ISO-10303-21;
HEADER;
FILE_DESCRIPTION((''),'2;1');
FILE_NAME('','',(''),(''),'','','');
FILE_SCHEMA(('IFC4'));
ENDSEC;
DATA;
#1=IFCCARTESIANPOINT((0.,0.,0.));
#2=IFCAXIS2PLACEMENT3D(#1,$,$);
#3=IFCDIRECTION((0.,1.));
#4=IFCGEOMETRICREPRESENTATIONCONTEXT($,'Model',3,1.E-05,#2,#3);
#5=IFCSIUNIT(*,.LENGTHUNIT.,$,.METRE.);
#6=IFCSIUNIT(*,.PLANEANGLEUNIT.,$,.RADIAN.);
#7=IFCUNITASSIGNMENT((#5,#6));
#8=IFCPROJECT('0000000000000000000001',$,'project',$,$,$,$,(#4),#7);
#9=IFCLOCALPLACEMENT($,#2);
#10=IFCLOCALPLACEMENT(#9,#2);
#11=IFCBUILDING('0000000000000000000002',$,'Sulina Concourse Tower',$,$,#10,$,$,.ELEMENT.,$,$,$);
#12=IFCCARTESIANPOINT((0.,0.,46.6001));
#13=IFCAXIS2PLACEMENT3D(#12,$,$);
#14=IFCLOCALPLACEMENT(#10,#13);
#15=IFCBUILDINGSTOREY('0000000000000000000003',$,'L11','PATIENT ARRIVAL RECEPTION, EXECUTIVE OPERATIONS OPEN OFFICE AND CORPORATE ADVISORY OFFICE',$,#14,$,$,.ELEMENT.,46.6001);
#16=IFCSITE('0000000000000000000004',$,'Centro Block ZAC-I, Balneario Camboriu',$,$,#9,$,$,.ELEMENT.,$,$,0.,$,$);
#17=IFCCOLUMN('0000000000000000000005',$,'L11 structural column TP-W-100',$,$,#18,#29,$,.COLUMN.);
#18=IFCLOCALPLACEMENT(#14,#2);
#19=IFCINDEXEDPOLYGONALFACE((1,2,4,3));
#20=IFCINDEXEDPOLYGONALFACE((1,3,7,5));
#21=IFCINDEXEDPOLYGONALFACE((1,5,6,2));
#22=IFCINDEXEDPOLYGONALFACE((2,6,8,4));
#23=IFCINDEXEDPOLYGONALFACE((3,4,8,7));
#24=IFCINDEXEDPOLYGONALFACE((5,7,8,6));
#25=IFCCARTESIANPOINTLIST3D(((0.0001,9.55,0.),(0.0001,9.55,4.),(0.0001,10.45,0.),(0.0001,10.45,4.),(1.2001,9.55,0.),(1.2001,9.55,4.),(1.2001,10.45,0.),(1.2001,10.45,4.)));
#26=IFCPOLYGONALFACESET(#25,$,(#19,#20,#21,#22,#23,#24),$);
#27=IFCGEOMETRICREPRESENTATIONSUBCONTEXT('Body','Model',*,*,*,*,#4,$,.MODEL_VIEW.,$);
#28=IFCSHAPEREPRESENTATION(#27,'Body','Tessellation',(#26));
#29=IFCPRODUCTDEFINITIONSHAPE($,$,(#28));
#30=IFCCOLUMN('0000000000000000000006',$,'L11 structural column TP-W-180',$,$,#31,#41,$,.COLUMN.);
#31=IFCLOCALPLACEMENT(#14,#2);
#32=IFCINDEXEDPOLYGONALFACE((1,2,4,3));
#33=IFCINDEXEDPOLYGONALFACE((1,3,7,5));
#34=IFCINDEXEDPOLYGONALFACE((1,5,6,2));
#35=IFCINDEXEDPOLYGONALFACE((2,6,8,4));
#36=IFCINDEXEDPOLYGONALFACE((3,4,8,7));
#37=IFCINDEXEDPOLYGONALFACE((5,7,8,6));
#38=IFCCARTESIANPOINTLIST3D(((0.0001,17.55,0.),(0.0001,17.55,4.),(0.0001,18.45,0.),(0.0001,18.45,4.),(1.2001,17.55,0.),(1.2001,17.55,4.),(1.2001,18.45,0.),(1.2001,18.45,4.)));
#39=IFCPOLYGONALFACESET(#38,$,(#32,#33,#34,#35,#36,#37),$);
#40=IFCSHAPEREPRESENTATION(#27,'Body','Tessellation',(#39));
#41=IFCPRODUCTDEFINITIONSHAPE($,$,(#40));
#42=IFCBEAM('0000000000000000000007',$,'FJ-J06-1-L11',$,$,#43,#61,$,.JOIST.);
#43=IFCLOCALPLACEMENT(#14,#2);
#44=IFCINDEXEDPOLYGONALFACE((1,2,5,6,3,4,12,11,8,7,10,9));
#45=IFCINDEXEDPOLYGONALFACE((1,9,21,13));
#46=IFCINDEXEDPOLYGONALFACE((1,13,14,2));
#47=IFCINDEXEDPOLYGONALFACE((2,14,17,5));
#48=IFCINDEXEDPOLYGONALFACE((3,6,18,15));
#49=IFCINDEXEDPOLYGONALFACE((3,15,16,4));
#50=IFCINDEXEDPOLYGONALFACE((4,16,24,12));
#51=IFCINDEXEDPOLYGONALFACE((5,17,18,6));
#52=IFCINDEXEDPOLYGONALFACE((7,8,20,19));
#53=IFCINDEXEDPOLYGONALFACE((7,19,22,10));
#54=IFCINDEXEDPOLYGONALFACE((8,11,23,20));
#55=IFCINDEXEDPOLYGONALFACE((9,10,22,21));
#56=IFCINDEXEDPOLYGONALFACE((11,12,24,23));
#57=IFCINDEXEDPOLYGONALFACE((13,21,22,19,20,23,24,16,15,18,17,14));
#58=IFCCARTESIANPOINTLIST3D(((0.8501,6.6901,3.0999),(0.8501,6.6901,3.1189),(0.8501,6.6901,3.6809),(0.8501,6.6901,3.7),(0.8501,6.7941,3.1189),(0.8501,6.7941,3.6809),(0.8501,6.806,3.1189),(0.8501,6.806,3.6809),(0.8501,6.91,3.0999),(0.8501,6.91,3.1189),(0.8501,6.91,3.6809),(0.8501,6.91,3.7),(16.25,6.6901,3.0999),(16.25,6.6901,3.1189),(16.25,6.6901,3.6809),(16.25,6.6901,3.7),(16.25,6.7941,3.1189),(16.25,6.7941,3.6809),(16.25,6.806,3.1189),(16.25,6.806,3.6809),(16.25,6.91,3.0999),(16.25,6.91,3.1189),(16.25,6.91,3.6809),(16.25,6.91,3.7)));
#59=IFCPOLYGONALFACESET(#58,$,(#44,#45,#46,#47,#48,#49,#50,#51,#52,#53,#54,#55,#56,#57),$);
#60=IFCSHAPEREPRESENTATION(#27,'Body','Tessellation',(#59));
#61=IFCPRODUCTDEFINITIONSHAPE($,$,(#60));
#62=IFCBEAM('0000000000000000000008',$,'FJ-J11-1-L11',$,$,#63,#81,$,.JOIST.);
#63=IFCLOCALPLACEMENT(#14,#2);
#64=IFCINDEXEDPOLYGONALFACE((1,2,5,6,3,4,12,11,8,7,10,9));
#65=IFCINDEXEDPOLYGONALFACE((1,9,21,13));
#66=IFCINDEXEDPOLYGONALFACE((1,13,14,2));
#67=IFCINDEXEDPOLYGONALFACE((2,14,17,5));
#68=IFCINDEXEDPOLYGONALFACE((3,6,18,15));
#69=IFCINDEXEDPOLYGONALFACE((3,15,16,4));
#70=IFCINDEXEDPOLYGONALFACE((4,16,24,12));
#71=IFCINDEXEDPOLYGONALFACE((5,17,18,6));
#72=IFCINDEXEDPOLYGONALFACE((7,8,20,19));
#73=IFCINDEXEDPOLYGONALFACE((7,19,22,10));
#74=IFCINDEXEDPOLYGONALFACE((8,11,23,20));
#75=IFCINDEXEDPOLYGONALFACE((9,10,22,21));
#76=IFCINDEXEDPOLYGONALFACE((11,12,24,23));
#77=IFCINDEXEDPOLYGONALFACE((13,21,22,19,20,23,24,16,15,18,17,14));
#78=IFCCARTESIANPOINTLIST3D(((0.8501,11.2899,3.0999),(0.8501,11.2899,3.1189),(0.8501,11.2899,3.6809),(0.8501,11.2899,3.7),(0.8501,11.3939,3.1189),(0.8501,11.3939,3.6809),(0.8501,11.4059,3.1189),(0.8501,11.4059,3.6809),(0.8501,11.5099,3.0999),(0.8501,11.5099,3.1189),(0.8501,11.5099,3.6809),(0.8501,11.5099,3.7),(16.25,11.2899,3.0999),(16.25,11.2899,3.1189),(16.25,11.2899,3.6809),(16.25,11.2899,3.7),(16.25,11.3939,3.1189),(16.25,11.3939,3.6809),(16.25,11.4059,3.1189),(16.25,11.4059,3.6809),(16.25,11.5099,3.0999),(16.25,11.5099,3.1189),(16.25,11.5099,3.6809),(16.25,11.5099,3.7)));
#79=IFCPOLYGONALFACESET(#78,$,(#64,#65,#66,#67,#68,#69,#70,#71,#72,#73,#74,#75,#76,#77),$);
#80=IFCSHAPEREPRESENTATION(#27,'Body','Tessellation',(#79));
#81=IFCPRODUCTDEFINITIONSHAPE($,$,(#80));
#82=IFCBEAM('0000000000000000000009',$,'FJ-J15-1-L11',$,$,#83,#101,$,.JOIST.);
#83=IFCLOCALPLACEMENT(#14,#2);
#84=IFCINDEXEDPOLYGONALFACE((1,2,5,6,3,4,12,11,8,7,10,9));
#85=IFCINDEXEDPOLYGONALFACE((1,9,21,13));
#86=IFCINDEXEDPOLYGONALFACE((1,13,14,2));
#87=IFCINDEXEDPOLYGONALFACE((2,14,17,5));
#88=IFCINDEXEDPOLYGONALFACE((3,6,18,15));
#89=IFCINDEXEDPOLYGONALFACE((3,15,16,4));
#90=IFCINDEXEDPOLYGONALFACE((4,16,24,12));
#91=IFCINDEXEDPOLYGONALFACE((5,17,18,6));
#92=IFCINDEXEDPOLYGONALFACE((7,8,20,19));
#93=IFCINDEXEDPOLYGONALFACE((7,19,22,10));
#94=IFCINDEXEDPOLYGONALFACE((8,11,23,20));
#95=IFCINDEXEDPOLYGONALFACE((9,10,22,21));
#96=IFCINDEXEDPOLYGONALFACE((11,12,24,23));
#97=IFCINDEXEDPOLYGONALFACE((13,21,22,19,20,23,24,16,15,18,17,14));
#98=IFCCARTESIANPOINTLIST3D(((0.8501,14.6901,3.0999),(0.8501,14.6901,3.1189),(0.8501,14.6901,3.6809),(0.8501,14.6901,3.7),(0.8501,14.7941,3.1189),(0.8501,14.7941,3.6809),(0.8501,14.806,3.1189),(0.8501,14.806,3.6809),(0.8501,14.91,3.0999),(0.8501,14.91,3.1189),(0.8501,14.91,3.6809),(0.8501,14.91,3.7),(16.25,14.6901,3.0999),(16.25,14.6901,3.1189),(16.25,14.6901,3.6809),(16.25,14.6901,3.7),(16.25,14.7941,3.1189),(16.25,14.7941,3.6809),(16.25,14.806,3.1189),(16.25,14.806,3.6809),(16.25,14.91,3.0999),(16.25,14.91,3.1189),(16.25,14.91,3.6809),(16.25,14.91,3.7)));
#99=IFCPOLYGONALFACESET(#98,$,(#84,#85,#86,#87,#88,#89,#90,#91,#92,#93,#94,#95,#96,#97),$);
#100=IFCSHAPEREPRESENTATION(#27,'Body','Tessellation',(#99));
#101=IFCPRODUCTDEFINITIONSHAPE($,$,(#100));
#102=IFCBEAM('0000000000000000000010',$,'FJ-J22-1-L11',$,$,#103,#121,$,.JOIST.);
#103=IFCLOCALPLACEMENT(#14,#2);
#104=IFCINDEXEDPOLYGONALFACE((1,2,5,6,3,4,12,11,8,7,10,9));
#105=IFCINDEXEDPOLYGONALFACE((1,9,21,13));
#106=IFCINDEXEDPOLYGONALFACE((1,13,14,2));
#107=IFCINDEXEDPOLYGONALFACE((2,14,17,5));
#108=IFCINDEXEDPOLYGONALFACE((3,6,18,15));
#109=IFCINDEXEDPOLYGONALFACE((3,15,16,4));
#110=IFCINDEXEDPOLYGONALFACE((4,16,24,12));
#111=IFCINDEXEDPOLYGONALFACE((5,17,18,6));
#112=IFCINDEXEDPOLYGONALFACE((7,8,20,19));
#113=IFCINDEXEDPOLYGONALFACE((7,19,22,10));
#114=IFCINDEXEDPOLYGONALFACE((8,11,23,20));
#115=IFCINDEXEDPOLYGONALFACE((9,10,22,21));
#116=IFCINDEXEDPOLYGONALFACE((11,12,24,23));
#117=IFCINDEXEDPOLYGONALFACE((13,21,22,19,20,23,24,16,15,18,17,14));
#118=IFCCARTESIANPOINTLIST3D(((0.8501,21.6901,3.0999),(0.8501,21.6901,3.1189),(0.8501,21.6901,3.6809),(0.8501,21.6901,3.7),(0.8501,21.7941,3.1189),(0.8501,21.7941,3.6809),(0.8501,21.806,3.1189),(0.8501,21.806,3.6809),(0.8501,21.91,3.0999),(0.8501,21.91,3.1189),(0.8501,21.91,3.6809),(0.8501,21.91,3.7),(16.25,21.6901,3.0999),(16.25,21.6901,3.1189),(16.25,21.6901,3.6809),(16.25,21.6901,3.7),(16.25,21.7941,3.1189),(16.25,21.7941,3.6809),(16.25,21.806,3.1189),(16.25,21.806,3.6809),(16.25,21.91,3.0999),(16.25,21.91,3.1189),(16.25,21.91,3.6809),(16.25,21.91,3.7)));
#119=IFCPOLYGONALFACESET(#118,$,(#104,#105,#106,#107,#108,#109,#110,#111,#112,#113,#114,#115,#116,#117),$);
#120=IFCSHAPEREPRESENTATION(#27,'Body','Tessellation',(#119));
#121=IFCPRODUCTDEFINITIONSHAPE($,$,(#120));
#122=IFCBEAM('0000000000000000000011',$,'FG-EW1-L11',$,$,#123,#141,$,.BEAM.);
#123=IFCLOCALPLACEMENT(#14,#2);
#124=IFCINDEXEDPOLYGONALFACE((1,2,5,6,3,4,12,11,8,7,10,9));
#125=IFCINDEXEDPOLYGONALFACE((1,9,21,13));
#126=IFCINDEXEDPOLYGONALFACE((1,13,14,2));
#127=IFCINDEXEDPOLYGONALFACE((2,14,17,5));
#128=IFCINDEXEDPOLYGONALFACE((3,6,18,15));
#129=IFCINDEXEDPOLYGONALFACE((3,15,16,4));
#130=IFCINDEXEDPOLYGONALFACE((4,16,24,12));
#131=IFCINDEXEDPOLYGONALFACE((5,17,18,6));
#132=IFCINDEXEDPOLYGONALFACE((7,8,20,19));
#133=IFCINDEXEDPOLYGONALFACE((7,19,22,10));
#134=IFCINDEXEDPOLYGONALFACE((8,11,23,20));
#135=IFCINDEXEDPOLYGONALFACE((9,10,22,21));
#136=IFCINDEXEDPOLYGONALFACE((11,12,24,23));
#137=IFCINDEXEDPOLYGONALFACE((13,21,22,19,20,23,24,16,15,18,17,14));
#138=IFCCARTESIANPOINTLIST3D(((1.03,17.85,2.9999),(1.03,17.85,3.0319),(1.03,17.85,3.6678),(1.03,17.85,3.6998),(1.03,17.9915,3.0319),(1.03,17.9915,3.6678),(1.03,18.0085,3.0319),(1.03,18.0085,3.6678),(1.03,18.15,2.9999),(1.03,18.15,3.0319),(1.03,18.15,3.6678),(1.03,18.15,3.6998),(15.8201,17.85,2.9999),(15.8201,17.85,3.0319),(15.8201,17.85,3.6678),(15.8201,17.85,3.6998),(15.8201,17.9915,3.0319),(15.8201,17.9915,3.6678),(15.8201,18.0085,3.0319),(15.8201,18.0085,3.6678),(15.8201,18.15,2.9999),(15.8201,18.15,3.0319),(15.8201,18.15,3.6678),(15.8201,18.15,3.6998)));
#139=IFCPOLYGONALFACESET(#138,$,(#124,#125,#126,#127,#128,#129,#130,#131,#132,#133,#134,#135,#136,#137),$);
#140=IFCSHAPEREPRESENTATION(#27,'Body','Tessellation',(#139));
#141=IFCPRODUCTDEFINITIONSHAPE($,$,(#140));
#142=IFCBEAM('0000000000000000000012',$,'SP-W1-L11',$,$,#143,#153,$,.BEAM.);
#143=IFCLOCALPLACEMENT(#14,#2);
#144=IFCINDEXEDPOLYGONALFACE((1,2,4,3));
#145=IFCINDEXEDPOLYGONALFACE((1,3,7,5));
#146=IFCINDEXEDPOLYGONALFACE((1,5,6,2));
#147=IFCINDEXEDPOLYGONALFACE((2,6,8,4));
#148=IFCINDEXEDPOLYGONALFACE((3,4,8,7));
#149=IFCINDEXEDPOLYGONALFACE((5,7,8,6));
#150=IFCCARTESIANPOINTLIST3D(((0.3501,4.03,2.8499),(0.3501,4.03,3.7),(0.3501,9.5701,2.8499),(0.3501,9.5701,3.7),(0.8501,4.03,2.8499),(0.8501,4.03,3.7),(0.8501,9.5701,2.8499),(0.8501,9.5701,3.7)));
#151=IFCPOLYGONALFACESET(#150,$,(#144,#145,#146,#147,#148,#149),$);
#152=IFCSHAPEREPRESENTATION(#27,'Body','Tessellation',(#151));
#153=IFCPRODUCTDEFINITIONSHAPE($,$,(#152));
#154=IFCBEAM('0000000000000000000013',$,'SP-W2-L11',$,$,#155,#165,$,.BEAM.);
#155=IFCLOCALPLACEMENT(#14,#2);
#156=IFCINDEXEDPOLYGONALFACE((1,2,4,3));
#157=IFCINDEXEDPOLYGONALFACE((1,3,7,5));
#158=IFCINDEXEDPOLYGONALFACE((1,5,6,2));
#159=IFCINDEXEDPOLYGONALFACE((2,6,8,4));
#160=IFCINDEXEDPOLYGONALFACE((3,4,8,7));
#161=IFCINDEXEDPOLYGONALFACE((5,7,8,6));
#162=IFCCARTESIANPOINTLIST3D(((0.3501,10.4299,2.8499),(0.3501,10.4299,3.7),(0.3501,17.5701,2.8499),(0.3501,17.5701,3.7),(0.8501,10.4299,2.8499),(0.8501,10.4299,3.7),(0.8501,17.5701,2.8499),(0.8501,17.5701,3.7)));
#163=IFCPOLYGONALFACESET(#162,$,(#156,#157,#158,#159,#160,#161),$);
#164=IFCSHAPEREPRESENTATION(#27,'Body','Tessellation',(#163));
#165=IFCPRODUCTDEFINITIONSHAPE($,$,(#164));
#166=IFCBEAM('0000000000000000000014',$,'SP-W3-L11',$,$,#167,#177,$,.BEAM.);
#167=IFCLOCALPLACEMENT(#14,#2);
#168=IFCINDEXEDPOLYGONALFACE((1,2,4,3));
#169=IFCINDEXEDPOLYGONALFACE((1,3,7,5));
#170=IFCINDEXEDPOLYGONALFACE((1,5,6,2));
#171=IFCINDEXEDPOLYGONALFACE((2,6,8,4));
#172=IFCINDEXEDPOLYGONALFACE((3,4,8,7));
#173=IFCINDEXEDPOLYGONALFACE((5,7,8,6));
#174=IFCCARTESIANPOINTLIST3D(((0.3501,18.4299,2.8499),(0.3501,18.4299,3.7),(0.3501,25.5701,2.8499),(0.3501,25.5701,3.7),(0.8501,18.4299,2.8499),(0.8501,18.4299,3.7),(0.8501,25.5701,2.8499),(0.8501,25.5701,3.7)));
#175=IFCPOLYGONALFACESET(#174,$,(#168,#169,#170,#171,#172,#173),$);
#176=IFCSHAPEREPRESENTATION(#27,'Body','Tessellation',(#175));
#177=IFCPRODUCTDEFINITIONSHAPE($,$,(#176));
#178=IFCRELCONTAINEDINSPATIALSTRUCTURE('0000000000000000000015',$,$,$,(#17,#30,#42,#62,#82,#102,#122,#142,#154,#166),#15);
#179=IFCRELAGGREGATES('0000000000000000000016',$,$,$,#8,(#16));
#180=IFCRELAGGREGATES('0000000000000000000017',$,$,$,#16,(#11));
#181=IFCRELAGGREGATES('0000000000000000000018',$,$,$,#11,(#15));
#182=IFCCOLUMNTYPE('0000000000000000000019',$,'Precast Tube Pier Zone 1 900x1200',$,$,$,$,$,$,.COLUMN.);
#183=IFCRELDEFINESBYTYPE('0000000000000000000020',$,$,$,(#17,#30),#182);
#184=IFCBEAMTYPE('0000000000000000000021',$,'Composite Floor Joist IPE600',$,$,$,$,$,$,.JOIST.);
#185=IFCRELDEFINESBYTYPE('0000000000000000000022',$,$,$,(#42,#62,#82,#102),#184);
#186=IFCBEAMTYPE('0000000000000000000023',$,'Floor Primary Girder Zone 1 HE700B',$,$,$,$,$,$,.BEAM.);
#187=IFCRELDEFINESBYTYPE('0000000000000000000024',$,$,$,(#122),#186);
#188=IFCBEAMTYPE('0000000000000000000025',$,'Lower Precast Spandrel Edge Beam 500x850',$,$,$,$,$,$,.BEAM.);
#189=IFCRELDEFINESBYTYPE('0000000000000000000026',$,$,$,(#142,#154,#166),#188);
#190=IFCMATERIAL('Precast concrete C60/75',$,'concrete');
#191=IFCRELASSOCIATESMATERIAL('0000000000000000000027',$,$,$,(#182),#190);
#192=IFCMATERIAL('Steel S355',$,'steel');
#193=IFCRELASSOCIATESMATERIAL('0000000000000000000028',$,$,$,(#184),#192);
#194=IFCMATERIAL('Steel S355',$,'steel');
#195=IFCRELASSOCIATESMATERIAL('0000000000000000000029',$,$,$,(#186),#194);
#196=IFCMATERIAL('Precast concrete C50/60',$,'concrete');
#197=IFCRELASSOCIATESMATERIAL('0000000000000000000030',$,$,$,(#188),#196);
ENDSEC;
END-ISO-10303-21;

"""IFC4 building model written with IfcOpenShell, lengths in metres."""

from ifc_helpers import new_model, si_unit, direction, frame, origin, origin_2d, place, context, subcontext, project, spatial, rectangle, i_section, extrude, material, material_profile, profile_set, type_object, element, save


model = new_model("IFC4")

# Units and contexts
model_context = context("Model", 3, precision=1e-05, world=origin(), true_north=direction((0.0, 1.0)))
body_context = subcontext(model_context, "Body", "Model", "MODEL_VIEW")
ifc_project = project(units=[si_unit("LENGTHUNIT", "METRE"), si_unit("PLANEANGLEUNIT", "RADIAN")], contexts=[model_context])

# Site, building, storey
site_placement = place(None, origin())
site = spatial("IfcSite", under=ifc_project, at=site_placement, Name="Centro Block ZAC-I, Balneario Camboriu", CompositionType="ELEMENT", RefElevation=0.0)
building_placement = place(site_placement, origin())
building = spatial("IfcBuilding", under=site, at=building_placement, Name="Sulina Concourse Tower", CompositionType="ELEMENT")
storey_placement = place(building_placement, frame((0.0, 0.0, 46.6001)))
storey = spatial("IfcBuildingStorey", under=building, at=storey_placement, Name="L11", Description="PATIENT ARRIVAL RECEPTION, EXECUTIVE OPERATIONS OPEN OFFICE AND CORPORATE ADVISORY OFFICE", CompositionType="ELEMENT", Elevation=46.6001)

# Columns
ifc_material_1 = material(Name="Precast concrete C60/75", Category="concrete")
ifc_material_profile_1 = material_profile(ifc_material_1, rectangle(XDim=0.8999, YDim=1.2, at=origin_2d()), Name="PC 900x1200")
ifc_profile_set_1 = profile_set([ifc_material_profile_1], Name="Precast concrete C60/75")
column_type = type_object("IfcColumnType", Name="Precast Tube Pier Zone 1 900x1200", PredefinedType="COLUMN", material=ifc_profile_set_1)
for number, where, z_axis, x_axis, name in (
    (1, (0.6001, 10.0, 0.0), (0.0, 0.0, 1.0), (0.0, 1.0, 0.0), "L11 structural column TP-W-100"),
    (2, (0.6001, 18.0, 0.0), (0.0, 0.0, 1.0), (0.0, 1.0, 0.0), "L11 structural column TP-W-180"),
):
    element("IfcColumn", number, at=place(storey_placement, frame(where, z_axis=z_axis, x_axis=x_axis)), inside=storey, type_object=column_type, Name=name, PredefinedType="COLUMN", context=body_context, shape_type="SweptSolid", body=[
        extrude(rectangle(XDim=0.8999, YDim=1.2, at=origin_2d()), origin(), (0.0, 0.0, 1.0), 4.0),
    ])

# Beams
ifc_material_2 = material(Name="Steel S355", Category="steel")
ifc_material_profile_2 = material_profile(ifc_material_2, i_section(OverallWidth=0.22, OverallDepth=0.6001, WebThickness=0.012, FlangeThickness=0.019, at=origin_2d()), Name="IPE 600")
ifc_profile_set_2 = profile_set([ifc_material_profile_2], Name="Steel S355")
beam_type_1 = type_object("IfcBeamType", Name="Composite Floor Joist IPE600", PredefinedType="JOIST", material=ifc_profile_set_2)
for number, where, z_axis, x_axis, name in (
    (3, (0.8501, 6.8, 3.3999), (1.0, 0.0, 0.0), (0.0, 1.0, 0.0), "FJ-J06-1-L11"),
    (4, (0.8501, 11.3999, 3.3999), (1.0, 0.0, 0.0), (0.0, 1.0, 0.0), "FJ-J11-1-L11"),
    (5, (0.8501, 14.8, 3.3999), (1.0, 0.0, 0.0), (0.0, 1.0, 0.0), "FJ-J15-1-L11"),
    (6, (0.8501, 21.8, 3.3999), (1.0, 0.0, 0.0), (0.0, 1.0, 0.0), "FJ-J22-1-L11"),
):
    element("IfcBeam", number, at=place(storey_placement, frame(where, z_axis=z_axis, x_axis=x_axis)), inside=storey, type_object=beam_type_1, Name=name, PredefinedType="JOIST", context=body_context, shape_type="SweptSolid", body=[
        extrude(i_section(OverallWidth=0.22, OverallDepth=0.6001, WebThickness=0.012, FlangeThickness=0.019, at=origin_2d()), origin(), (0.0, 0.0, 1.0), 15.3999),
    ])
ifc_material_3 = material(Name="Steel S355", Category="steel")
ifc_material_profile_3 = material_profile(ifc_material_3, i_section(OverallWidth=0.3, OverallDepth=0.7, WebThickness=0.0171, FlangeThickness=0.032, at=origin_2d()), Name="HE 700 B")
ifc_profile_set_3 = profile_set([ifc_material_profile_3], Name="Steel S355")
beam_type_2 = type_object("IfcBeamType", Name="Floor Primary Girder Zone 1 HE700B", PredefinedType="BEAM", material=ifc_profile_set_3)
beam_1_placement = place(storey_placement, frame((1.03, 18.0, 3.3499), z_axis=(1.0, 0.0, 0.0), x_axis=(0.0, 1.0, 0.0)))
element("IfcBeam", 7, at=beam_1_placement, inside=storey, type_object=beam_type_2, Name="FG-EW1-L11", PredefinedType="BEAM", context=body_context, shape_type="SweptSolid", body=[
    extrude(i_section(OverallWidth=0.3, OverallDepth=0.7, WebThickness=0.0171, FlangeThickness=0.032, at=origin_2d()), origin(), (0.0, 0.0, 1.0), 14.79),
])
ifc_material_4 = material(Name="Precast concrete C50/60", Category="concrete")
ifc_material_profile_4 = material_profile(ifc_material_4, rectangle(XDim=0.5, YDim=0.8501, at=origin_2d()), Name="RC 500x850")
ifc_profile_set_4 = profile_set([ifc_material_profile_4], Name="Precast concrete C50/60")
beam_type_3 = type_object("IfcBeamType", Name="Lower Precast Spandrel Edge Beam 500x850", PredefinedType="BEAM", material=ifc_profile_set_4)
beam_2_placement = place(storey_placement, frame((0.6001, 4.03, 3.2749), z_axis=(0.0, 1.0, 0.0), x_axis=(-1.0, 0.0, 0.0)))
element("IfcBeam", 8, at=beam_2_placement, inside=storey, type_object=beam_type_3, Name="SP-W1-L11", PredefinedType="BEAM", context=body_context, shape_type="SweptSolid", body=[
    extrude(rectangle(XDim=0.5, YDim=0.8501, at=origin_2d()), origin(), (0.0, 0.0, 1.0), 5.54),
])
for number, where, z_axis, x_axis, name in (
    (9, (0.6001, 10.4299, 3.2749), (0.0, 1.0, 0.0), (-1.0, 0.0, 0.0), "SP-W2-L11"),
    (10, (0.6001, 18.4299, 3.2749), (0.0, 1.0, 0.0), (-1.0, 0.0, 0.0), "SP-W3-L11"),
):
    element("IfcBeam", number, at=place(storey_placement, frame(where, z_axis=z_axis, x_axis=x_axis)), inside=storey, type_object=beam_type_3, Name=name, PredefinedType="BEAM", context=body_context, shape_type="SweptSolid", body=[
        extrude(rectangle(XDim=0.5, YDim=0.8501, at=origin_2d()), origin(), (0.0, 0.0, 1.0), 7.1401),
    ])

save(model, "model.ifc")
